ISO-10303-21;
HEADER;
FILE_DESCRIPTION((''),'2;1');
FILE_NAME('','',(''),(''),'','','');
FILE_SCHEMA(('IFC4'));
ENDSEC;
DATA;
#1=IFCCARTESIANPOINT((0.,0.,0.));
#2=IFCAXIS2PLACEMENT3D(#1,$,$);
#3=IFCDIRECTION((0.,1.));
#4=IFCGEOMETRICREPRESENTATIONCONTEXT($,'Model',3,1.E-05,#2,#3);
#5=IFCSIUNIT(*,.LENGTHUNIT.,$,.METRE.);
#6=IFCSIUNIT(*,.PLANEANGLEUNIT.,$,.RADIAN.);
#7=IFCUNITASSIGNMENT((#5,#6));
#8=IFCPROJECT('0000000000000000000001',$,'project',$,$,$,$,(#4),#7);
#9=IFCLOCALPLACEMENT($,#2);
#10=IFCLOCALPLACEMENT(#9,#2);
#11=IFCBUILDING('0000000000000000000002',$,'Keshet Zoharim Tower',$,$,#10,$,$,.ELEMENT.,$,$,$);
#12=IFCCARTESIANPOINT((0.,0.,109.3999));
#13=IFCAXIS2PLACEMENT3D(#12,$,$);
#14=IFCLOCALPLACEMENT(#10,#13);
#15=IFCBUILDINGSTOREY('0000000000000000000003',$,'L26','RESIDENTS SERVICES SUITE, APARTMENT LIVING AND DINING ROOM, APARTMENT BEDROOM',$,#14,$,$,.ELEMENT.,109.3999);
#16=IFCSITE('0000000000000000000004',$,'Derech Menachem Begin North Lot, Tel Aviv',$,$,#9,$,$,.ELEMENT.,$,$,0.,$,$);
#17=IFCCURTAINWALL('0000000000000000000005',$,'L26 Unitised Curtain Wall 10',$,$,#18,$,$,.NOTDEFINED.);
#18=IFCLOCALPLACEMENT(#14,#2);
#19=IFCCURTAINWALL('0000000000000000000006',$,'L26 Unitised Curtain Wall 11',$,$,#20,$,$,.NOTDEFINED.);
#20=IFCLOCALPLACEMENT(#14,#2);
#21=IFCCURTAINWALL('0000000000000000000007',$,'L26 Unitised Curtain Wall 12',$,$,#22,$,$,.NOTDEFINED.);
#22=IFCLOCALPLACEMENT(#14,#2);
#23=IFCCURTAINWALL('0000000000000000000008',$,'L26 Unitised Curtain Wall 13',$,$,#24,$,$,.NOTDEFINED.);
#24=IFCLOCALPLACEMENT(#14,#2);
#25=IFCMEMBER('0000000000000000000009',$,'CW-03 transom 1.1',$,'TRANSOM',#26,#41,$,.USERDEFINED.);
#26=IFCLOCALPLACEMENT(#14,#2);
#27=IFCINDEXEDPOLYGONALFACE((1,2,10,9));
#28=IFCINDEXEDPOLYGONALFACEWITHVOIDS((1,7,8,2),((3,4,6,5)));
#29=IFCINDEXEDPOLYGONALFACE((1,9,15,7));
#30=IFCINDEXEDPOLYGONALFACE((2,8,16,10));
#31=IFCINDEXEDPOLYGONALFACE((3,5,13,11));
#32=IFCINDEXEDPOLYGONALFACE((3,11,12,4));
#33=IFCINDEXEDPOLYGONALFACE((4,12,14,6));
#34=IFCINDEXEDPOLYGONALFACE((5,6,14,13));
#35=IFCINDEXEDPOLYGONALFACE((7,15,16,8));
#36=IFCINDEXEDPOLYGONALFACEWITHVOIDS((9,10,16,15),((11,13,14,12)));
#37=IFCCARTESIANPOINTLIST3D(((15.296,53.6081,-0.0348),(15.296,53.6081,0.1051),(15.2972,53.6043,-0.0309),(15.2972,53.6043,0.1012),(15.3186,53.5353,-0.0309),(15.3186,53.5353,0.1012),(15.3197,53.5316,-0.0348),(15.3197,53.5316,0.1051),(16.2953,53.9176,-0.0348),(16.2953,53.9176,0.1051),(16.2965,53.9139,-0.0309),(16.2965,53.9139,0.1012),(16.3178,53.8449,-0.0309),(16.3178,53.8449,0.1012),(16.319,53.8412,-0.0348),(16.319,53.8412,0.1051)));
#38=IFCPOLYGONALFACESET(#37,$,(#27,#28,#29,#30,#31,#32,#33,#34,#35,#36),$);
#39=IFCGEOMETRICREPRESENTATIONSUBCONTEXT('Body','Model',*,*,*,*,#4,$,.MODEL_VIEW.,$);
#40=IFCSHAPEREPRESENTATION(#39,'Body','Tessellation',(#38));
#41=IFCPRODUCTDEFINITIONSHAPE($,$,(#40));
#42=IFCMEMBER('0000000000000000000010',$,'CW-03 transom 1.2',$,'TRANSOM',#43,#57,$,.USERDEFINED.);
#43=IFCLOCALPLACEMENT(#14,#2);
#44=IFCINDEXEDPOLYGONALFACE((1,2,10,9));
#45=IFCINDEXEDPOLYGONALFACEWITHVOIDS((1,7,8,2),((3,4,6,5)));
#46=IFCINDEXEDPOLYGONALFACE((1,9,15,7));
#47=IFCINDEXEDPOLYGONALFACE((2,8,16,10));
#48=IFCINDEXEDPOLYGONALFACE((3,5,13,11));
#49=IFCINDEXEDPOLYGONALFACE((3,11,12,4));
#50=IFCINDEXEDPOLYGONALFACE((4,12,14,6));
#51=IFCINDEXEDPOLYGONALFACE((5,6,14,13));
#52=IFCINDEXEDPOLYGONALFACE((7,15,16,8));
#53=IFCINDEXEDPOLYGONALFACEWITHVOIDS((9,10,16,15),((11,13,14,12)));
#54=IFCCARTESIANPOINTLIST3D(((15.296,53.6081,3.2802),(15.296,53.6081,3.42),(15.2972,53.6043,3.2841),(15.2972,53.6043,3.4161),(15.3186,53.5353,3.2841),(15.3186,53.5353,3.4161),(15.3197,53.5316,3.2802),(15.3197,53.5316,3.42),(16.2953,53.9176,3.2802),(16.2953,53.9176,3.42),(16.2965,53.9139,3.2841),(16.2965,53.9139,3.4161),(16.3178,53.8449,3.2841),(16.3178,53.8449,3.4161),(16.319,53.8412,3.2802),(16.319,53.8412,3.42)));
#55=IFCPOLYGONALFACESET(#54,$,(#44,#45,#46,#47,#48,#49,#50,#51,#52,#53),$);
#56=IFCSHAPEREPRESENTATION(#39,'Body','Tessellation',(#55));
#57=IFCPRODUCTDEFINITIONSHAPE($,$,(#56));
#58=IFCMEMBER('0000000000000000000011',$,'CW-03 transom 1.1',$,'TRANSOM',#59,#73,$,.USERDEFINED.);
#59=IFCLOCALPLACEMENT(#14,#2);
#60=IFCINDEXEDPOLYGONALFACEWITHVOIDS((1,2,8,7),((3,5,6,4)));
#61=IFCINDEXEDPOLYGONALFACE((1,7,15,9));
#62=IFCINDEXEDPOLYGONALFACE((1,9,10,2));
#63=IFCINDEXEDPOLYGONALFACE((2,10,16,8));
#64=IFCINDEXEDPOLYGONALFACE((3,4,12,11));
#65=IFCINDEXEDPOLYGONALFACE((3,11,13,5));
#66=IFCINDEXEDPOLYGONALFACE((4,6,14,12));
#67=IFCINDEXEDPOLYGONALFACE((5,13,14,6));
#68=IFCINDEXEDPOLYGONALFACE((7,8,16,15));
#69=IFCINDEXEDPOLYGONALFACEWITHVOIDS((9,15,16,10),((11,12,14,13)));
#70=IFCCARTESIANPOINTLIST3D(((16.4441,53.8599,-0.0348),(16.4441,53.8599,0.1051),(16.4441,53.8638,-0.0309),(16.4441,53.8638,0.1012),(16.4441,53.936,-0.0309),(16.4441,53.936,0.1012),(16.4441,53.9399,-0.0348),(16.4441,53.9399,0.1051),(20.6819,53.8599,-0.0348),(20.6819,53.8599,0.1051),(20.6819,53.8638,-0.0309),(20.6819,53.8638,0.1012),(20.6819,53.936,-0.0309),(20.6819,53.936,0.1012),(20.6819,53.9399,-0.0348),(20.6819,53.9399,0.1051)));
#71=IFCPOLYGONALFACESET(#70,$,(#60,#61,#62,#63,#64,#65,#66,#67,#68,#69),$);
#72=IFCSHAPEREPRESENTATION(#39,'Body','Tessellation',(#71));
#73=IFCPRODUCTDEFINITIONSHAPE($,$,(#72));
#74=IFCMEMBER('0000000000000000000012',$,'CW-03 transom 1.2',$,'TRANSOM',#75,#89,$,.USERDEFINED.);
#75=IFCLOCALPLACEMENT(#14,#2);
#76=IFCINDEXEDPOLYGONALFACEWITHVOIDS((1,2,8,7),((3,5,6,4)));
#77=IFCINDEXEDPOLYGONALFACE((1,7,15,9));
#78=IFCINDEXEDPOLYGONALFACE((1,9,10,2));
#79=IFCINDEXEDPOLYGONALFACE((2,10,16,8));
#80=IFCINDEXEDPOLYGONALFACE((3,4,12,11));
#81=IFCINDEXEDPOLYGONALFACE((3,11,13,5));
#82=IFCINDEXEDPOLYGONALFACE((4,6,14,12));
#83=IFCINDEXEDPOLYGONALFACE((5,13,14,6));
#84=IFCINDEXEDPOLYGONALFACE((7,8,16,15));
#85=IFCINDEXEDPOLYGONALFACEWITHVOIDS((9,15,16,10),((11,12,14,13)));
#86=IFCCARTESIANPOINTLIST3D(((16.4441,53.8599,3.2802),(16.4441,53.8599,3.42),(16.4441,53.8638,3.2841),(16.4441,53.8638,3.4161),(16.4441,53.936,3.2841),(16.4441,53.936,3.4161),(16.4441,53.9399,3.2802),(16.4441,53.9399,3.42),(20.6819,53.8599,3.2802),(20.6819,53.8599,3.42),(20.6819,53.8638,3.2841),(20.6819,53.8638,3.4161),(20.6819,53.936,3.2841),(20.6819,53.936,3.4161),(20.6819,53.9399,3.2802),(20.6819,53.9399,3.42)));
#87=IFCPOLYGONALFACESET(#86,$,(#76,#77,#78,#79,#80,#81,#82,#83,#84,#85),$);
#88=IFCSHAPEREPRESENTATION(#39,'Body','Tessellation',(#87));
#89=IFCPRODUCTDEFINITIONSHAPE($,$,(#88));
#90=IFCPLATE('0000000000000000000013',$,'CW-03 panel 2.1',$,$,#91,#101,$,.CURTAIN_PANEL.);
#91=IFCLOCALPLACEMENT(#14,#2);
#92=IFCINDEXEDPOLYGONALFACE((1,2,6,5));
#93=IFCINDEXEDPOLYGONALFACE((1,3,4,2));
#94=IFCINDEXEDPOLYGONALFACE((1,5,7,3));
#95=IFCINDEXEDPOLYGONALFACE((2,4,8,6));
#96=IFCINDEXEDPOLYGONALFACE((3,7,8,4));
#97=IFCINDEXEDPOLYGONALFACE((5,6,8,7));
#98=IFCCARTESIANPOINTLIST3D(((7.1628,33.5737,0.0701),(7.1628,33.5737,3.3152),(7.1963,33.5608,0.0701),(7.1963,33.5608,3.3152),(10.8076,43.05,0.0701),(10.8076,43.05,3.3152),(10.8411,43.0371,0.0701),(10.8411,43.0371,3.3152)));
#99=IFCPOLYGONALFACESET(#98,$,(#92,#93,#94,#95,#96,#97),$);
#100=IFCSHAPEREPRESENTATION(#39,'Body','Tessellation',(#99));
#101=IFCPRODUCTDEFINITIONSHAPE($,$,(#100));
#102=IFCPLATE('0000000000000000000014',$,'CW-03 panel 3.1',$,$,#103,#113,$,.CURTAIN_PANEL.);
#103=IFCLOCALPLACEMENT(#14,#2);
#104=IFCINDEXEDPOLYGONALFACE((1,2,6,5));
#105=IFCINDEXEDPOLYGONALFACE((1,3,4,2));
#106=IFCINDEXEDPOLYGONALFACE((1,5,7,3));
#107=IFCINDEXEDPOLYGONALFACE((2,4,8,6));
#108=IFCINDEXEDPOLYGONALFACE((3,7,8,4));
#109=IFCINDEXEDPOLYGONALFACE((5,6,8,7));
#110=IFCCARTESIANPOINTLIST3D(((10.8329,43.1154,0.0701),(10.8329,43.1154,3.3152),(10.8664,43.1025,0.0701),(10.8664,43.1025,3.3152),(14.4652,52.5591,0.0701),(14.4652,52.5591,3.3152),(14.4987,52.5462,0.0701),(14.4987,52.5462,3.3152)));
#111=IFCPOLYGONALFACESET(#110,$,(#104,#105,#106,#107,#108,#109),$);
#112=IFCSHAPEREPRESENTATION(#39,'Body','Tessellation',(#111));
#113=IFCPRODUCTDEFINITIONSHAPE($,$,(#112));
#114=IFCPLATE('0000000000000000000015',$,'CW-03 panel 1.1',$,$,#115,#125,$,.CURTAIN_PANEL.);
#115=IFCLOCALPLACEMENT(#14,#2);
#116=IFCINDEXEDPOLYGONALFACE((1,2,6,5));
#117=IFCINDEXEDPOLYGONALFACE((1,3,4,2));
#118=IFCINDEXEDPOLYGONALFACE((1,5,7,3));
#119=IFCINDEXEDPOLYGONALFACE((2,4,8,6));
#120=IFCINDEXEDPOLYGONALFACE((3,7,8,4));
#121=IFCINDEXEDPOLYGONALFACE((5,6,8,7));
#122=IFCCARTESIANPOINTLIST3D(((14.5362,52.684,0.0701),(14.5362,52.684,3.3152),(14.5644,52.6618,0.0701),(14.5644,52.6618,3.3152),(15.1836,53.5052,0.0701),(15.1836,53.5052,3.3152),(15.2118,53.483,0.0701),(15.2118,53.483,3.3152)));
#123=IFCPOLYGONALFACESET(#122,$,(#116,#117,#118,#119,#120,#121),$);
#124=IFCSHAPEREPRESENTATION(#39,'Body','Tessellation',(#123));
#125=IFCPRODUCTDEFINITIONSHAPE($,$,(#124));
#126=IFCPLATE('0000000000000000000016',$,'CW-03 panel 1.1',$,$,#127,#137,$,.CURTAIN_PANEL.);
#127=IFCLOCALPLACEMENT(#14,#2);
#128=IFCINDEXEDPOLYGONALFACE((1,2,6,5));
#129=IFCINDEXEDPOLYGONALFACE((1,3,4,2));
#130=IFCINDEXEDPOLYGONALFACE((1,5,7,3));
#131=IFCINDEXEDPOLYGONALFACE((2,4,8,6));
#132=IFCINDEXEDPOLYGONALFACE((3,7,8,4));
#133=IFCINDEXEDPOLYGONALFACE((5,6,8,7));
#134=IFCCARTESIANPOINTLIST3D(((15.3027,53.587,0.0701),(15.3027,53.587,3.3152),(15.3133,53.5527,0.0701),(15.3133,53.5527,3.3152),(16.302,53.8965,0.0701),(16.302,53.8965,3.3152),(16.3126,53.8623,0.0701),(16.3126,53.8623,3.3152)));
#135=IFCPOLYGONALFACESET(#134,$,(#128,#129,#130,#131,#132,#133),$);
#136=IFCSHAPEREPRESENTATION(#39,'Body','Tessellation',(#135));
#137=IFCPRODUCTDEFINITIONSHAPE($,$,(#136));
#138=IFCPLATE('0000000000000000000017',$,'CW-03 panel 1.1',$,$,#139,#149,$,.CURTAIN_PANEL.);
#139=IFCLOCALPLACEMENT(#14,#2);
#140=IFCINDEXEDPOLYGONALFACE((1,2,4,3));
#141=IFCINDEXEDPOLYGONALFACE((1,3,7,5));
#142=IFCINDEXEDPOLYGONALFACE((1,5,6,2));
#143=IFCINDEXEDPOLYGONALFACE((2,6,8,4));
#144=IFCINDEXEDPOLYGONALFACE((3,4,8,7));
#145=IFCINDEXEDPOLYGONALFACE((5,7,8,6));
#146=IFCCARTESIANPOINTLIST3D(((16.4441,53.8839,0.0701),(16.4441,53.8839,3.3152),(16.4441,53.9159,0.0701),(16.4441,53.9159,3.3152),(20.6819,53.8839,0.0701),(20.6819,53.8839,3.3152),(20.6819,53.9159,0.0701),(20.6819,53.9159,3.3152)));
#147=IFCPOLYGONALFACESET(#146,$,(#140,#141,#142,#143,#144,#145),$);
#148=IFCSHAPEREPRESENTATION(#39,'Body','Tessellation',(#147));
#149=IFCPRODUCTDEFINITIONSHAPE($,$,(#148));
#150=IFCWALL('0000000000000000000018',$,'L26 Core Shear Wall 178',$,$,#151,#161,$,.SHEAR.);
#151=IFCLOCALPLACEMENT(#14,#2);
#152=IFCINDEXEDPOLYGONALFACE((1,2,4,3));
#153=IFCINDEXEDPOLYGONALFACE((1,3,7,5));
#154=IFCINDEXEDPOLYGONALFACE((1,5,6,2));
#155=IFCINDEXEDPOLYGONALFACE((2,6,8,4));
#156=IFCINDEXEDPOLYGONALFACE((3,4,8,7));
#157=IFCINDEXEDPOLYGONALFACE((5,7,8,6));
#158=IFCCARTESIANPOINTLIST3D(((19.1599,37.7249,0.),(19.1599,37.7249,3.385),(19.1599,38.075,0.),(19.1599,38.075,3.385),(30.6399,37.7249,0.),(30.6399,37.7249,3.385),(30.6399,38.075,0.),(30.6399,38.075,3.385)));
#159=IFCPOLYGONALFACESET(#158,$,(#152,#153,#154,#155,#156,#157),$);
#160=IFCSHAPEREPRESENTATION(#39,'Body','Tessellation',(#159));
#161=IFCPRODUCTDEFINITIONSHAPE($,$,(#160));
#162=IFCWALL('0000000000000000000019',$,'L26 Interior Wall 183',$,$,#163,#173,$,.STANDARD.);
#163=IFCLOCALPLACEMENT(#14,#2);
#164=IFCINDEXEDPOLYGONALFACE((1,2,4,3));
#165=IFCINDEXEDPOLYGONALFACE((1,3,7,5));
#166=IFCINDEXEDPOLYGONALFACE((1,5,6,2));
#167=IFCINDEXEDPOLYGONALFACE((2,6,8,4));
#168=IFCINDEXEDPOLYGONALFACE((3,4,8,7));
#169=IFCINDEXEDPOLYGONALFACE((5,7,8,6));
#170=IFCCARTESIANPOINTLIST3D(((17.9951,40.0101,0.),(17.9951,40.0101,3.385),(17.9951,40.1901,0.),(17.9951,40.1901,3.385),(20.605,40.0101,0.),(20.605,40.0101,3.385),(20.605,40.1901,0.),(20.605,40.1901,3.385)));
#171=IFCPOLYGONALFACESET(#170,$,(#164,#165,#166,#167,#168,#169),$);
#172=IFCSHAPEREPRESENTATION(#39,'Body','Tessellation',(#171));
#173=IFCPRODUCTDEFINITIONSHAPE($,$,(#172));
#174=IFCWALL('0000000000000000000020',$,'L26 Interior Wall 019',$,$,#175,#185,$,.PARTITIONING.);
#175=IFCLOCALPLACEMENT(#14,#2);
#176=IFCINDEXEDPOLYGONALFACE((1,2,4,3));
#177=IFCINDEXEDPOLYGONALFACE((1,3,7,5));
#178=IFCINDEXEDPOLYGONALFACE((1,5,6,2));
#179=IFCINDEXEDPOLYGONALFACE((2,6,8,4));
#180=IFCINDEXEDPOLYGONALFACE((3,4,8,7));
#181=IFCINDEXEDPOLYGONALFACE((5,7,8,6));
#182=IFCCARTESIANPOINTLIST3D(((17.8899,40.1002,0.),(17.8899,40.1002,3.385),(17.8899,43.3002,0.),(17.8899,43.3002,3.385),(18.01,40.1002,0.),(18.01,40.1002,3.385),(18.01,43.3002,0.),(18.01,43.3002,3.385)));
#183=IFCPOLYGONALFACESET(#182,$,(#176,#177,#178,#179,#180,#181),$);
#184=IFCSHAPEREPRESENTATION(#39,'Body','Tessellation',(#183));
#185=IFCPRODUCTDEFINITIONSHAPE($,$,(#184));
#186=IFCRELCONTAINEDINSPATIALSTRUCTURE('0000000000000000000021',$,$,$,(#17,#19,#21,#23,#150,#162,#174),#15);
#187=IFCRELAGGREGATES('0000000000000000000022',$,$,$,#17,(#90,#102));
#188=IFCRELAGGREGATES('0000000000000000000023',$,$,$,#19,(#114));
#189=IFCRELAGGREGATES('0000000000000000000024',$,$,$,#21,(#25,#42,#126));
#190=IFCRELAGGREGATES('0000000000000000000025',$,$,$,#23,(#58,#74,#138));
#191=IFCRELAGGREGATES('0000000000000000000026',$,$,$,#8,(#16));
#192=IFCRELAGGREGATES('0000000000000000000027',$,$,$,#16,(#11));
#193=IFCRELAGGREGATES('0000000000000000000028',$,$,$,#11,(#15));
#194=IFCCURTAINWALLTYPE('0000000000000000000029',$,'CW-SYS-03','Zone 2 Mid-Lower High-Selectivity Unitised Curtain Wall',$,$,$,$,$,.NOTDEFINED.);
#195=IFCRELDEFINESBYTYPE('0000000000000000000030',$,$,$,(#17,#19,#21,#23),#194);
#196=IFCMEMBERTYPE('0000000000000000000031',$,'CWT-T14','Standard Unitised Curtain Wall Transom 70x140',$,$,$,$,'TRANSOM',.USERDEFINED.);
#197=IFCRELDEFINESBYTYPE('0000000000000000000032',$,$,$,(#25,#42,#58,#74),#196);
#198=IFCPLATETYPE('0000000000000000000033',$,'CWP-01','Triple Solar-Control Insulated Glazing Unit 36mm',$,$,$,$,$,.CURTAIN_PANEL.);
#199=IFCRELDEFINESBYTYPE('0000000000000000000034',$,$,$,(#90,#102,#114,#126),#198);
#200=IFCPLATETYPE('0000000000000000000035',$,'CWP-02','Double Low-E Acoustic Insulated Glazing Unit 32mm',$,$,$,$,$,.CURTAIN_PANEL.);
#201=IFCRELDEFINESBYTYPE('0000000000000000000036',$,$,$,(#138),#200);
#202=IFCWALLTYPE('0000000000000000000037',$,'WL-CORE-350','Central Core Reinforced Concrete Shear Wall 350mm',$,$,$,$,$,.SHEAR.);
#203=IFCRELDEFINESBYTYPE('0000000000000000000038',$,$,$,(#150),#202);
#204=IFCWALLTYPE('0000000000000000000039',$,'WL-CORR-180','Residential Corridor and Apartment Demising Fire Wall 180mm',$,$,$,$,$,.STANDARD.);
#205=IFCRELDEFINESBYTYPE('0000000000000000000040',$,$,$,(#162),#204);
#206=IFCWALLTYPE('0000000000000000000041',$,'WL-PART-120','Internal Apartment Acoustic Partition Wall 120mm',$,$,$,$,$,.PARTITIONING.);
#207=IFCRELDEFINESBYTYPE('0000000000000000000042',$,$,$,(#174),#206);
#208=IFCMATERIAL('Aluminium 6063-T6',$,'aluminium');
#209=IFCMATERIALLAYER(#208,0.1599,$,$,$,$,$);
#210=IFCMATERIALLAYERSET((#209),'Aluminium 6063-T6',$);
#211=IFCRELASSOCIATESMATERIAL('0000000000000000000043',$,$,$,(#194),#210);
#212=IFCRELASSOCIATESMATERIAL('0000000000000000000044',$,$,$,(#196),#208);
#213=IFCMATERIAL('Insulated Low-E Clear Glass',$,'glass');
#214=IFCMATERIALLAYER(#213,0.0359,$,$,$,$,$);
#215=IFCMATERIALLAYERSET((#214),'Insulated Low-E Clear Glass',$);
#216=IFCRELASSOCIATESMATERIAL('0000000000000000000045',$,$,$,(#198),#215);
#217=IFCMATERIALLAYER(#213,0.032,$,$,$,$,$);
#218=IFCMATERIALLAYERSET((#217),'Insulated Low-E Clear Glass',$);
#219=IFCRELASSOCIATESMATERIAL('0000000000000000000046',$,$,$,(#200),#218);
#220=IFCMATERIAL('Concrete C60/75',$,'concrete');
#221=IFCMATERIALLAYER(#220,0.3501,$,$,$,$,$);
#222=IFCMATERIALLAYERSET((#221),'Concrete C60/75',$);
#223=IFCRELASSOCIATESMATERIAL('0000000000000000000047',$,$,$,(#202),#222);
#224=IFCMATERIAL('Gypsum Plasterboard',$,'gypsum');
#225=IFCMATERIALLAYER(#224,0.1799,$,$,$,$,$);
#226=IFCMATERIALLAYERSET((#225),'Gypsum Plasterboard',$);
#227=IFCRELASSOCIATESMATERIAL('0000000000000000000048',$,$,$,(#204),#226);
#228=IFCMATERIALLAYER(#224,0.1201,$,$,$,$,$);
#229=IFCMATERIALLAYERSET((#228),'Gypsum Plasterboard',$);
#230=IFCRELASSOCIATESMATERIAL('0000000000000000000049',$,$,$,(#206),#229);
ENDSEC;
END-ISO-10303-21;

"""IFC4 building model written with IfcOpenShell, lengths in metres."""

from ifc_helpers import new_model, si_unit, direction, frame, frame_2d, origin, origin_2d, place, context, subcontext, project, spatial, rectangle, hollow_rectangle, extrude, material, layer, layer_set, material_profile, profile_set, type_object, element, aggregate, save


model = new_model("IFC4")

# Units and contexts
model_context = context("Model", 3, precision=1e-05, world=origin(), true_north=direction((0.0, 1.0)))
body_context = subcontext(model_context, "Body", "Model", "MODEL_VIEW")
ifc_project = project(units=[si_unit("LENGTHUNIT", "METRE"), si_unit("PLANEANGLEUNIT", "RADIAN")], contexts=[model_context])

# Site, building, storey
site_placement = place(None, origin())
site = spatial("IfcSite", under=ifc_project, at=site_placement, Name="Derech Menachem Begin North Lot, Tel Aviv", CompositionType="ELEMENT", RefElevation=0.0)
building_placement = place(site_placement, origin())
building = spatial("IfcBuilding", under=site, at=building_placement, Name="Keshet Zoharim Tower", CompositionType="ELEMENT")
storey_placement = place(building_placement, frame((0.0, 0.0, 109.3999)))
storey = spatial("IfcBuildingStorey", under=building, at=storey_placement, Name="L26", Description="RESIDENTS SERVICES SUITE, APARTMENT LIVING AND DINING ROOM, APARTMENT BEDROOM", CompositionType="ELEMENT", Elevation=109.3999)

# Curtain walls
ifc_material_1 = material(Name="Aluminium 6063-T6", Category="aluminium")
ifc_layer_1 = layer(ifc_material_1, 0.1599)
ifc_layer_set_1 = layer_set([ifc_layer_1], Name="Aluminium 6063-T6")
curtain_wall_type = type_object("IfcCurtainWallType", Name="CW-SYS-03", Description="Zone 2 Mid-Lower High-Selectivity Unitised Curtain Wall", PredefinedType="NOTDEFINED", material=ifc_layer_set_1)
curtain_wall_1_placement = place(storey_placement, origin())
curtain_wall_1 = element("IfcCurtainWall", 1, at=curtain_wall_1_placement, inside=storey, type_object=curtain_wall_type, Name="L26 Unitised Curtain Wall 10", PredefinedType="NOTDEFINED")
curtain_wall_2_placement = place(storey_placement, origin())
curtain_wall_2 = element("IfcCurtainWall", 2, at=curtain_wall_2_placement, inside=storey, type_object=curtain_wall_type, Name="L26 Unitised Curtain Wall 11", PredefinedType="NOTDEFINED")
curtain_wall_3_placement = place(storey_placement, origin())
curtain_wall_3 = element("IfcCurtainWall", 3, at=curtain_wall_3_placement, inside=storey, type_object=curtain_wall_type, Name="L26 Unitised Curtain Wall 12", PredefinedType="NOTDEFINED")

# Curtain wall
curtain_wall_4_placement = place(storey_placement, origin())
curtain_wall_4 = element("IfcCurtainWall", 4, at=curtain_wall_4_placement, inside=storey, type_object=curtain_wall_type, Name="L26 Unitised Curtain Wall 13", PredefinedType="NOTDEFINED")

# Members
ifc_material_profile_1 = material_profile(ifc_material_1, hollow_rectangle(XDim=0.0801, YDim=0.1399, WallThickness=0.0039, at=origin_2d()), Name="TRN-80x140")
ifc_profile_set_1 = profile_set([ifc_material_profile_1], Name="Aluminium 6063-T6")
member_type_1 = type_object("IfcMemberType", Name="CWT-T14", Description="Standard Unitised Curtain Wall Transom 70x140", ElementType="TRANSOM", PredefinedType="USERDEFINED", material=ifc_profile_set_1)
member_1_placement = place(storey_placement, frame((15.3079, 53.5698, 0.0352), z_axis=(0.955212, 0.295922, 0.0), x_axis=(-0.295922, 0.955212, 0.0)))
member_1 = element("IfcMember", 5, at=member_1_placement, type_object=member_type_1, Name="CW-03 transom 1.1", ObjectType="TRANSOM", PredefinedType="USERDEFINED", context=body_context, shape_type="SweptSolid", body=[
    extrude(hollow_rectangle(XDim=0.0801, YDim=0.1399, WallThickness=0.0039, at=origin_2d()), origin(), (0.0, 0.0, 1.0), 1.0461),
])
member_2_placement = place(storey_placement, frame((15.3079, 53.5698, 3.3501), z_axis=(0.955212, 0.295922, 0.0), x_axis=(-0.295922, 0.955212, 0.0)))
member_2 = element("IfcMember", 6, at=member_2_placement, type_object=member_type_1, Name="CW-03 transom 1.2", ObjectType="TRANSOM", PredefinedType="USERDEFINED", context=body_context, shape_type="SweptSolid", body=[
    extrude(hollow_rectangle(XDim=0.0801, YDim=0.1399, WallThickness=0.0039, at=origin_2d()), origin(), (0.0, 0.0, 1.0), 1.0461),
])
member_3_placement = place(storey_placement, frame((16.4441, 53.8999, 0.0352), z_axis=(1.0, 0.0, 0.0), x_axis=(0.0, 1.0, 0.0)))
member_3 = element("IfcMember", 7, at=member_3_placement, type_object=member_type_1, Name="CW-03 transom 1.1", ObjectType="TRANSOM", PredefinedType="USERDEFINED", context=body_context, shape_type="SweptSolid", body=[
    extrude(hollow_rectangle(XDim=0.0801, YDim=0.1399, WallThickness=0.0039, at=origin_2d()), origin(), (0.0, 0.0, 1.0), 4.2378),
])
member_4_placement = place(storey_placement, frame((16.4441, 53.8999, 3.3501), z_axis=(1.0, 0.0, 0.0), x_axis=(0.0, 1.0, 0.0)))
member_4 = element("IfcMember", 8, at=member_4_placement, type_object=member_type_1, Name="CW-03 transom 1.2", ObjectType="TRANSOM", PredefinedType="USERDEFINED", context=body_context, shape_type="SweptSolid", body=[
    extrude(hollow_rectangle(XDim=0.0801, YDim=0.1399, WallThickness=0.0039, at=origin_2d()), origin(), (0.0, 0.0, 1.0), 4.2378),
])

# Plates
ifc_material_2 = material(Name="Insulated Low-E Clear Glass", Category="glass")
ifc_layer_2 = layer(ifc_material_2, 0.0359)
ifc_layer_set_2 = layer_set([ifc_layer_2], Name="Insulated Low-E Clear Glass")
plate_type_1 = type_object("IfcPlateType", Name="CWP-01", Description="Triple Solar-Control Insulated Glazing Unit 36mm", PredefinedType="CURTAIN_PANEL", material=ifc_layer_set_2)
plate_1_placement = place(storey_placement, frame((9.002, 38.3054, 0.0701), z_axis=(0.0, 0.0, 1.0), x_axis=(0.35899, 0.933341, 0.0)))
plate_1 = element("IfcPlate", 9, at=plate_1_placement, type_object=plate_type_1, Name="CW-03 panel 2.1", PredefinedType="CURTAIN_PANEL", context=body_context, shape_type="SweptSolid", body=[
    extrude(rectangle(XDim=10.1531, YDim=0.0359, at=origin_2d()), origin(), (0.0, 0.0, 1.0), 3.2451),
])
plate_2_placement = place(storey_placement, frame((12.6658, 47.8308, 0.0701), z_axis=(0.0, 0.0, 1.0), x_axis=(0.35899, 0.933341, 0.0)))
plate_2 = element("IfcPlate", 10, at=plate_2_placement, type_object=plate_type_1, Name="CW-03 panel 3.1", PredefinedType="CURTAIN_PANEL", context=body_context, shape_type="SweptSolid", body=[
    extrude(rectangle(XDim=10.1182, YDim=0.0359, at=origin_2d()), origin(), (0.0, 0.0, 1.0), 3.2451),
])
aggregate(curtain_wall_1, [plate_1, plate_2])
plate_3_placement = place(storey_placement, frame((14.874, 53.0835, 0.0701), z_axis=(0.0, 0.0, 1.0), x_axis=(0.619125, 0.785293, 0.0)))
plate_3 = element("IfcPlate", 11, at=plate_3_placement, type_object=plate_type_1, Name="CW-03 panel 1.1", PredefinedType="CURTAIN_PANEL", context=body_context, shape_type="SweptSolid", body=[
    extrude(rectangle(XDim=1.0457, YDim=0.0359, at=origin_2d()), origin(), (0.0, 0.0, 1.0), 3.2451),
])
aggregate(curtain_wall_2, [plate_3])
plate_4_placement = place(storey_placement, frame((15.8076, 53.7246, 0.0701), z_axis=(0.0, 0.0, 1.0), x_axis=(0.955212, 0.295922, 0.0)))
plate_4 = element("IfcPlate", 12, at=plate_4_placement, type_object=plate_type_1, Name="CW-03 panel 1.1", PredefinedType="CURTAIN_PANEL", context=body_context, shape_type="SweptSolid", body=[
    extrude(rectangle(XDim=1.0461, YDim=0.0359, at=origin_2d()), origin(), (0.0, 0.0, 1.0), 3.2451),
])
aggregate(curtain_wall_3, [member_1, member_2, plate_4])
ifc_layer_3 = layer(ifc_material_2, 0.032)
ifc_layer_set_3 = layer_set([ifc_layer_3], Name="Insulated Low-E Clear Glass")
plate_type_2 = type_object("IfcPlateType", Name="CWP-02", Description="Double Low-E Acoustic Insulated Glazing Unit 32mm", PredefinedType="CURTAIN_PANEL", material=ifc_layer_set_3)
plate_5_placement = place(storey_placement, frame((18.563, 53.8999, 0.0701), z_axis=(0.0, 0.0, 1.0), x_axis=(1.0, 0.0, 0.0)))
plate_5 = element("IfcPlate", 13, at=plate_5_placement, type_object=plate_type_2, Name="CW-03 panel 1.1", PredefinedType="CURTAIN_PANEL", context=body_context, shape_type="SweptSolid", body=[
    extrude(rectangle(XDim=4.2378, YDim=0.032, at=origin_2d()), origin(), (0.0, 0.0, 1.0), 3.2451),
])
aggregate(curtain_wall_4, [member_3, member_4, plate_5])

# Wall
ifc_material_3 = material(Name="Concrete C60/75", Category="concrete")
ifc_layer_4 = layer(ifc_material_3, 0.3501)
ifc_layer_set_4 = layer_set([ifc_layer_4], Name="Concrete C60/75")
wall_type_1 = type_object("IfcWallType", Name="WL-CORE-350", Description="Central Core Reinforced Concrete Shear Wall 350mm", PredefinedType="SHEAR", material=ifc_layer_set_4)
wall_1_placement = place(storey_placement, frame((19.1599, 37.8999, 0.0), z_axis=(0.0, 0.0, 1.0), x_axis=(1.0, 0.0, 0.0)))
element("IfcWall", 14, at=wall_1_placement, inside=storey, type_object=wall_type_1, Name="L26 Core Shear Wall 178", PredefinedType="SHEAR", context=body_context, shape_type="SweptSolid", body=[
    extrude(rectangle(XDim=11.48, YDim=0.3501, at=frame_2d((5.74, 0.0))), origin(), (0.0, 0.0, 1.0), 3.385),
])

# Shared definitions
ifc_material_4 = material(Name="Gypsum Plasterboard", Category="gypsum")
ifc_layer_5 = layer(ifc_material_4, 0.1799)
ifc_layer_set_5 = layer_set([ifc_layer_5], Name="Gypsum Plasterboard")
wall_type_2 = type_object("IfcWallType", Name="WL-CORR-180", Description="Residential Corridor and Apartment Demising Fire Wall 180mm", PredefinedType="STANDARD", material=ifc_layer_set_5)

# Walls
wall_2_placement = place(storey_placement, frame((17.9951, 40.1001, 0.0), z_axis=(0.0, 0.0, 1.0), x_axis=(1.0, 0.0, 0.0)))
element("IfcWall", 15, at=wall_2_placement, inside=storey, type_object=wall_type_2, Name="L26 Interior Wall 183", PredefinedType="STANDARD", context=body_context, shape_type="SweptSolid", body=[
    extrude(rectangle(XDim=2.6099, YDim=0.1799, at=frame_2d((1.3049, 0.0))), origin(), (0.0, 0.0, 1.0), 3.385),
])
ifc_layer_6 = layer(ifc_material_4, 0.1201)
ifc_layer_set_6 = layer_set([ifc_layer_6], Name="Gypsum Plasterboard")
wall_type_3 = type_object("IfcWallType", Name="WL-PART-120", Description="Internal Apartment Acoustic Partition Wall 120mm", PredefinedType="PARTITIONING", material=ifc_layer_set_6)
wall_3_placement = place(storey_placement, frame((17.95, 40.1001, 0.0), z_axis=(0.0, 0.0, 1.0), x_axis=(0.0, 1.0, 0.0)))
element("IfcWall", 16, at=wall_3_placement, inside=storey, type_object=wall_type_3, Name="L26 Interior Wall 019", PredefinedType="PARTITIONING", context=body_context, shape_type="SweptSolid", body=[
    extrude(rectangle(XDim=3.2, YDim=0.1201, at=frame_2d((1.6001, 0.0))), origin(), (0.0, 0.0, 1.0), 3.385),
])

save(model, "model.ifc")
